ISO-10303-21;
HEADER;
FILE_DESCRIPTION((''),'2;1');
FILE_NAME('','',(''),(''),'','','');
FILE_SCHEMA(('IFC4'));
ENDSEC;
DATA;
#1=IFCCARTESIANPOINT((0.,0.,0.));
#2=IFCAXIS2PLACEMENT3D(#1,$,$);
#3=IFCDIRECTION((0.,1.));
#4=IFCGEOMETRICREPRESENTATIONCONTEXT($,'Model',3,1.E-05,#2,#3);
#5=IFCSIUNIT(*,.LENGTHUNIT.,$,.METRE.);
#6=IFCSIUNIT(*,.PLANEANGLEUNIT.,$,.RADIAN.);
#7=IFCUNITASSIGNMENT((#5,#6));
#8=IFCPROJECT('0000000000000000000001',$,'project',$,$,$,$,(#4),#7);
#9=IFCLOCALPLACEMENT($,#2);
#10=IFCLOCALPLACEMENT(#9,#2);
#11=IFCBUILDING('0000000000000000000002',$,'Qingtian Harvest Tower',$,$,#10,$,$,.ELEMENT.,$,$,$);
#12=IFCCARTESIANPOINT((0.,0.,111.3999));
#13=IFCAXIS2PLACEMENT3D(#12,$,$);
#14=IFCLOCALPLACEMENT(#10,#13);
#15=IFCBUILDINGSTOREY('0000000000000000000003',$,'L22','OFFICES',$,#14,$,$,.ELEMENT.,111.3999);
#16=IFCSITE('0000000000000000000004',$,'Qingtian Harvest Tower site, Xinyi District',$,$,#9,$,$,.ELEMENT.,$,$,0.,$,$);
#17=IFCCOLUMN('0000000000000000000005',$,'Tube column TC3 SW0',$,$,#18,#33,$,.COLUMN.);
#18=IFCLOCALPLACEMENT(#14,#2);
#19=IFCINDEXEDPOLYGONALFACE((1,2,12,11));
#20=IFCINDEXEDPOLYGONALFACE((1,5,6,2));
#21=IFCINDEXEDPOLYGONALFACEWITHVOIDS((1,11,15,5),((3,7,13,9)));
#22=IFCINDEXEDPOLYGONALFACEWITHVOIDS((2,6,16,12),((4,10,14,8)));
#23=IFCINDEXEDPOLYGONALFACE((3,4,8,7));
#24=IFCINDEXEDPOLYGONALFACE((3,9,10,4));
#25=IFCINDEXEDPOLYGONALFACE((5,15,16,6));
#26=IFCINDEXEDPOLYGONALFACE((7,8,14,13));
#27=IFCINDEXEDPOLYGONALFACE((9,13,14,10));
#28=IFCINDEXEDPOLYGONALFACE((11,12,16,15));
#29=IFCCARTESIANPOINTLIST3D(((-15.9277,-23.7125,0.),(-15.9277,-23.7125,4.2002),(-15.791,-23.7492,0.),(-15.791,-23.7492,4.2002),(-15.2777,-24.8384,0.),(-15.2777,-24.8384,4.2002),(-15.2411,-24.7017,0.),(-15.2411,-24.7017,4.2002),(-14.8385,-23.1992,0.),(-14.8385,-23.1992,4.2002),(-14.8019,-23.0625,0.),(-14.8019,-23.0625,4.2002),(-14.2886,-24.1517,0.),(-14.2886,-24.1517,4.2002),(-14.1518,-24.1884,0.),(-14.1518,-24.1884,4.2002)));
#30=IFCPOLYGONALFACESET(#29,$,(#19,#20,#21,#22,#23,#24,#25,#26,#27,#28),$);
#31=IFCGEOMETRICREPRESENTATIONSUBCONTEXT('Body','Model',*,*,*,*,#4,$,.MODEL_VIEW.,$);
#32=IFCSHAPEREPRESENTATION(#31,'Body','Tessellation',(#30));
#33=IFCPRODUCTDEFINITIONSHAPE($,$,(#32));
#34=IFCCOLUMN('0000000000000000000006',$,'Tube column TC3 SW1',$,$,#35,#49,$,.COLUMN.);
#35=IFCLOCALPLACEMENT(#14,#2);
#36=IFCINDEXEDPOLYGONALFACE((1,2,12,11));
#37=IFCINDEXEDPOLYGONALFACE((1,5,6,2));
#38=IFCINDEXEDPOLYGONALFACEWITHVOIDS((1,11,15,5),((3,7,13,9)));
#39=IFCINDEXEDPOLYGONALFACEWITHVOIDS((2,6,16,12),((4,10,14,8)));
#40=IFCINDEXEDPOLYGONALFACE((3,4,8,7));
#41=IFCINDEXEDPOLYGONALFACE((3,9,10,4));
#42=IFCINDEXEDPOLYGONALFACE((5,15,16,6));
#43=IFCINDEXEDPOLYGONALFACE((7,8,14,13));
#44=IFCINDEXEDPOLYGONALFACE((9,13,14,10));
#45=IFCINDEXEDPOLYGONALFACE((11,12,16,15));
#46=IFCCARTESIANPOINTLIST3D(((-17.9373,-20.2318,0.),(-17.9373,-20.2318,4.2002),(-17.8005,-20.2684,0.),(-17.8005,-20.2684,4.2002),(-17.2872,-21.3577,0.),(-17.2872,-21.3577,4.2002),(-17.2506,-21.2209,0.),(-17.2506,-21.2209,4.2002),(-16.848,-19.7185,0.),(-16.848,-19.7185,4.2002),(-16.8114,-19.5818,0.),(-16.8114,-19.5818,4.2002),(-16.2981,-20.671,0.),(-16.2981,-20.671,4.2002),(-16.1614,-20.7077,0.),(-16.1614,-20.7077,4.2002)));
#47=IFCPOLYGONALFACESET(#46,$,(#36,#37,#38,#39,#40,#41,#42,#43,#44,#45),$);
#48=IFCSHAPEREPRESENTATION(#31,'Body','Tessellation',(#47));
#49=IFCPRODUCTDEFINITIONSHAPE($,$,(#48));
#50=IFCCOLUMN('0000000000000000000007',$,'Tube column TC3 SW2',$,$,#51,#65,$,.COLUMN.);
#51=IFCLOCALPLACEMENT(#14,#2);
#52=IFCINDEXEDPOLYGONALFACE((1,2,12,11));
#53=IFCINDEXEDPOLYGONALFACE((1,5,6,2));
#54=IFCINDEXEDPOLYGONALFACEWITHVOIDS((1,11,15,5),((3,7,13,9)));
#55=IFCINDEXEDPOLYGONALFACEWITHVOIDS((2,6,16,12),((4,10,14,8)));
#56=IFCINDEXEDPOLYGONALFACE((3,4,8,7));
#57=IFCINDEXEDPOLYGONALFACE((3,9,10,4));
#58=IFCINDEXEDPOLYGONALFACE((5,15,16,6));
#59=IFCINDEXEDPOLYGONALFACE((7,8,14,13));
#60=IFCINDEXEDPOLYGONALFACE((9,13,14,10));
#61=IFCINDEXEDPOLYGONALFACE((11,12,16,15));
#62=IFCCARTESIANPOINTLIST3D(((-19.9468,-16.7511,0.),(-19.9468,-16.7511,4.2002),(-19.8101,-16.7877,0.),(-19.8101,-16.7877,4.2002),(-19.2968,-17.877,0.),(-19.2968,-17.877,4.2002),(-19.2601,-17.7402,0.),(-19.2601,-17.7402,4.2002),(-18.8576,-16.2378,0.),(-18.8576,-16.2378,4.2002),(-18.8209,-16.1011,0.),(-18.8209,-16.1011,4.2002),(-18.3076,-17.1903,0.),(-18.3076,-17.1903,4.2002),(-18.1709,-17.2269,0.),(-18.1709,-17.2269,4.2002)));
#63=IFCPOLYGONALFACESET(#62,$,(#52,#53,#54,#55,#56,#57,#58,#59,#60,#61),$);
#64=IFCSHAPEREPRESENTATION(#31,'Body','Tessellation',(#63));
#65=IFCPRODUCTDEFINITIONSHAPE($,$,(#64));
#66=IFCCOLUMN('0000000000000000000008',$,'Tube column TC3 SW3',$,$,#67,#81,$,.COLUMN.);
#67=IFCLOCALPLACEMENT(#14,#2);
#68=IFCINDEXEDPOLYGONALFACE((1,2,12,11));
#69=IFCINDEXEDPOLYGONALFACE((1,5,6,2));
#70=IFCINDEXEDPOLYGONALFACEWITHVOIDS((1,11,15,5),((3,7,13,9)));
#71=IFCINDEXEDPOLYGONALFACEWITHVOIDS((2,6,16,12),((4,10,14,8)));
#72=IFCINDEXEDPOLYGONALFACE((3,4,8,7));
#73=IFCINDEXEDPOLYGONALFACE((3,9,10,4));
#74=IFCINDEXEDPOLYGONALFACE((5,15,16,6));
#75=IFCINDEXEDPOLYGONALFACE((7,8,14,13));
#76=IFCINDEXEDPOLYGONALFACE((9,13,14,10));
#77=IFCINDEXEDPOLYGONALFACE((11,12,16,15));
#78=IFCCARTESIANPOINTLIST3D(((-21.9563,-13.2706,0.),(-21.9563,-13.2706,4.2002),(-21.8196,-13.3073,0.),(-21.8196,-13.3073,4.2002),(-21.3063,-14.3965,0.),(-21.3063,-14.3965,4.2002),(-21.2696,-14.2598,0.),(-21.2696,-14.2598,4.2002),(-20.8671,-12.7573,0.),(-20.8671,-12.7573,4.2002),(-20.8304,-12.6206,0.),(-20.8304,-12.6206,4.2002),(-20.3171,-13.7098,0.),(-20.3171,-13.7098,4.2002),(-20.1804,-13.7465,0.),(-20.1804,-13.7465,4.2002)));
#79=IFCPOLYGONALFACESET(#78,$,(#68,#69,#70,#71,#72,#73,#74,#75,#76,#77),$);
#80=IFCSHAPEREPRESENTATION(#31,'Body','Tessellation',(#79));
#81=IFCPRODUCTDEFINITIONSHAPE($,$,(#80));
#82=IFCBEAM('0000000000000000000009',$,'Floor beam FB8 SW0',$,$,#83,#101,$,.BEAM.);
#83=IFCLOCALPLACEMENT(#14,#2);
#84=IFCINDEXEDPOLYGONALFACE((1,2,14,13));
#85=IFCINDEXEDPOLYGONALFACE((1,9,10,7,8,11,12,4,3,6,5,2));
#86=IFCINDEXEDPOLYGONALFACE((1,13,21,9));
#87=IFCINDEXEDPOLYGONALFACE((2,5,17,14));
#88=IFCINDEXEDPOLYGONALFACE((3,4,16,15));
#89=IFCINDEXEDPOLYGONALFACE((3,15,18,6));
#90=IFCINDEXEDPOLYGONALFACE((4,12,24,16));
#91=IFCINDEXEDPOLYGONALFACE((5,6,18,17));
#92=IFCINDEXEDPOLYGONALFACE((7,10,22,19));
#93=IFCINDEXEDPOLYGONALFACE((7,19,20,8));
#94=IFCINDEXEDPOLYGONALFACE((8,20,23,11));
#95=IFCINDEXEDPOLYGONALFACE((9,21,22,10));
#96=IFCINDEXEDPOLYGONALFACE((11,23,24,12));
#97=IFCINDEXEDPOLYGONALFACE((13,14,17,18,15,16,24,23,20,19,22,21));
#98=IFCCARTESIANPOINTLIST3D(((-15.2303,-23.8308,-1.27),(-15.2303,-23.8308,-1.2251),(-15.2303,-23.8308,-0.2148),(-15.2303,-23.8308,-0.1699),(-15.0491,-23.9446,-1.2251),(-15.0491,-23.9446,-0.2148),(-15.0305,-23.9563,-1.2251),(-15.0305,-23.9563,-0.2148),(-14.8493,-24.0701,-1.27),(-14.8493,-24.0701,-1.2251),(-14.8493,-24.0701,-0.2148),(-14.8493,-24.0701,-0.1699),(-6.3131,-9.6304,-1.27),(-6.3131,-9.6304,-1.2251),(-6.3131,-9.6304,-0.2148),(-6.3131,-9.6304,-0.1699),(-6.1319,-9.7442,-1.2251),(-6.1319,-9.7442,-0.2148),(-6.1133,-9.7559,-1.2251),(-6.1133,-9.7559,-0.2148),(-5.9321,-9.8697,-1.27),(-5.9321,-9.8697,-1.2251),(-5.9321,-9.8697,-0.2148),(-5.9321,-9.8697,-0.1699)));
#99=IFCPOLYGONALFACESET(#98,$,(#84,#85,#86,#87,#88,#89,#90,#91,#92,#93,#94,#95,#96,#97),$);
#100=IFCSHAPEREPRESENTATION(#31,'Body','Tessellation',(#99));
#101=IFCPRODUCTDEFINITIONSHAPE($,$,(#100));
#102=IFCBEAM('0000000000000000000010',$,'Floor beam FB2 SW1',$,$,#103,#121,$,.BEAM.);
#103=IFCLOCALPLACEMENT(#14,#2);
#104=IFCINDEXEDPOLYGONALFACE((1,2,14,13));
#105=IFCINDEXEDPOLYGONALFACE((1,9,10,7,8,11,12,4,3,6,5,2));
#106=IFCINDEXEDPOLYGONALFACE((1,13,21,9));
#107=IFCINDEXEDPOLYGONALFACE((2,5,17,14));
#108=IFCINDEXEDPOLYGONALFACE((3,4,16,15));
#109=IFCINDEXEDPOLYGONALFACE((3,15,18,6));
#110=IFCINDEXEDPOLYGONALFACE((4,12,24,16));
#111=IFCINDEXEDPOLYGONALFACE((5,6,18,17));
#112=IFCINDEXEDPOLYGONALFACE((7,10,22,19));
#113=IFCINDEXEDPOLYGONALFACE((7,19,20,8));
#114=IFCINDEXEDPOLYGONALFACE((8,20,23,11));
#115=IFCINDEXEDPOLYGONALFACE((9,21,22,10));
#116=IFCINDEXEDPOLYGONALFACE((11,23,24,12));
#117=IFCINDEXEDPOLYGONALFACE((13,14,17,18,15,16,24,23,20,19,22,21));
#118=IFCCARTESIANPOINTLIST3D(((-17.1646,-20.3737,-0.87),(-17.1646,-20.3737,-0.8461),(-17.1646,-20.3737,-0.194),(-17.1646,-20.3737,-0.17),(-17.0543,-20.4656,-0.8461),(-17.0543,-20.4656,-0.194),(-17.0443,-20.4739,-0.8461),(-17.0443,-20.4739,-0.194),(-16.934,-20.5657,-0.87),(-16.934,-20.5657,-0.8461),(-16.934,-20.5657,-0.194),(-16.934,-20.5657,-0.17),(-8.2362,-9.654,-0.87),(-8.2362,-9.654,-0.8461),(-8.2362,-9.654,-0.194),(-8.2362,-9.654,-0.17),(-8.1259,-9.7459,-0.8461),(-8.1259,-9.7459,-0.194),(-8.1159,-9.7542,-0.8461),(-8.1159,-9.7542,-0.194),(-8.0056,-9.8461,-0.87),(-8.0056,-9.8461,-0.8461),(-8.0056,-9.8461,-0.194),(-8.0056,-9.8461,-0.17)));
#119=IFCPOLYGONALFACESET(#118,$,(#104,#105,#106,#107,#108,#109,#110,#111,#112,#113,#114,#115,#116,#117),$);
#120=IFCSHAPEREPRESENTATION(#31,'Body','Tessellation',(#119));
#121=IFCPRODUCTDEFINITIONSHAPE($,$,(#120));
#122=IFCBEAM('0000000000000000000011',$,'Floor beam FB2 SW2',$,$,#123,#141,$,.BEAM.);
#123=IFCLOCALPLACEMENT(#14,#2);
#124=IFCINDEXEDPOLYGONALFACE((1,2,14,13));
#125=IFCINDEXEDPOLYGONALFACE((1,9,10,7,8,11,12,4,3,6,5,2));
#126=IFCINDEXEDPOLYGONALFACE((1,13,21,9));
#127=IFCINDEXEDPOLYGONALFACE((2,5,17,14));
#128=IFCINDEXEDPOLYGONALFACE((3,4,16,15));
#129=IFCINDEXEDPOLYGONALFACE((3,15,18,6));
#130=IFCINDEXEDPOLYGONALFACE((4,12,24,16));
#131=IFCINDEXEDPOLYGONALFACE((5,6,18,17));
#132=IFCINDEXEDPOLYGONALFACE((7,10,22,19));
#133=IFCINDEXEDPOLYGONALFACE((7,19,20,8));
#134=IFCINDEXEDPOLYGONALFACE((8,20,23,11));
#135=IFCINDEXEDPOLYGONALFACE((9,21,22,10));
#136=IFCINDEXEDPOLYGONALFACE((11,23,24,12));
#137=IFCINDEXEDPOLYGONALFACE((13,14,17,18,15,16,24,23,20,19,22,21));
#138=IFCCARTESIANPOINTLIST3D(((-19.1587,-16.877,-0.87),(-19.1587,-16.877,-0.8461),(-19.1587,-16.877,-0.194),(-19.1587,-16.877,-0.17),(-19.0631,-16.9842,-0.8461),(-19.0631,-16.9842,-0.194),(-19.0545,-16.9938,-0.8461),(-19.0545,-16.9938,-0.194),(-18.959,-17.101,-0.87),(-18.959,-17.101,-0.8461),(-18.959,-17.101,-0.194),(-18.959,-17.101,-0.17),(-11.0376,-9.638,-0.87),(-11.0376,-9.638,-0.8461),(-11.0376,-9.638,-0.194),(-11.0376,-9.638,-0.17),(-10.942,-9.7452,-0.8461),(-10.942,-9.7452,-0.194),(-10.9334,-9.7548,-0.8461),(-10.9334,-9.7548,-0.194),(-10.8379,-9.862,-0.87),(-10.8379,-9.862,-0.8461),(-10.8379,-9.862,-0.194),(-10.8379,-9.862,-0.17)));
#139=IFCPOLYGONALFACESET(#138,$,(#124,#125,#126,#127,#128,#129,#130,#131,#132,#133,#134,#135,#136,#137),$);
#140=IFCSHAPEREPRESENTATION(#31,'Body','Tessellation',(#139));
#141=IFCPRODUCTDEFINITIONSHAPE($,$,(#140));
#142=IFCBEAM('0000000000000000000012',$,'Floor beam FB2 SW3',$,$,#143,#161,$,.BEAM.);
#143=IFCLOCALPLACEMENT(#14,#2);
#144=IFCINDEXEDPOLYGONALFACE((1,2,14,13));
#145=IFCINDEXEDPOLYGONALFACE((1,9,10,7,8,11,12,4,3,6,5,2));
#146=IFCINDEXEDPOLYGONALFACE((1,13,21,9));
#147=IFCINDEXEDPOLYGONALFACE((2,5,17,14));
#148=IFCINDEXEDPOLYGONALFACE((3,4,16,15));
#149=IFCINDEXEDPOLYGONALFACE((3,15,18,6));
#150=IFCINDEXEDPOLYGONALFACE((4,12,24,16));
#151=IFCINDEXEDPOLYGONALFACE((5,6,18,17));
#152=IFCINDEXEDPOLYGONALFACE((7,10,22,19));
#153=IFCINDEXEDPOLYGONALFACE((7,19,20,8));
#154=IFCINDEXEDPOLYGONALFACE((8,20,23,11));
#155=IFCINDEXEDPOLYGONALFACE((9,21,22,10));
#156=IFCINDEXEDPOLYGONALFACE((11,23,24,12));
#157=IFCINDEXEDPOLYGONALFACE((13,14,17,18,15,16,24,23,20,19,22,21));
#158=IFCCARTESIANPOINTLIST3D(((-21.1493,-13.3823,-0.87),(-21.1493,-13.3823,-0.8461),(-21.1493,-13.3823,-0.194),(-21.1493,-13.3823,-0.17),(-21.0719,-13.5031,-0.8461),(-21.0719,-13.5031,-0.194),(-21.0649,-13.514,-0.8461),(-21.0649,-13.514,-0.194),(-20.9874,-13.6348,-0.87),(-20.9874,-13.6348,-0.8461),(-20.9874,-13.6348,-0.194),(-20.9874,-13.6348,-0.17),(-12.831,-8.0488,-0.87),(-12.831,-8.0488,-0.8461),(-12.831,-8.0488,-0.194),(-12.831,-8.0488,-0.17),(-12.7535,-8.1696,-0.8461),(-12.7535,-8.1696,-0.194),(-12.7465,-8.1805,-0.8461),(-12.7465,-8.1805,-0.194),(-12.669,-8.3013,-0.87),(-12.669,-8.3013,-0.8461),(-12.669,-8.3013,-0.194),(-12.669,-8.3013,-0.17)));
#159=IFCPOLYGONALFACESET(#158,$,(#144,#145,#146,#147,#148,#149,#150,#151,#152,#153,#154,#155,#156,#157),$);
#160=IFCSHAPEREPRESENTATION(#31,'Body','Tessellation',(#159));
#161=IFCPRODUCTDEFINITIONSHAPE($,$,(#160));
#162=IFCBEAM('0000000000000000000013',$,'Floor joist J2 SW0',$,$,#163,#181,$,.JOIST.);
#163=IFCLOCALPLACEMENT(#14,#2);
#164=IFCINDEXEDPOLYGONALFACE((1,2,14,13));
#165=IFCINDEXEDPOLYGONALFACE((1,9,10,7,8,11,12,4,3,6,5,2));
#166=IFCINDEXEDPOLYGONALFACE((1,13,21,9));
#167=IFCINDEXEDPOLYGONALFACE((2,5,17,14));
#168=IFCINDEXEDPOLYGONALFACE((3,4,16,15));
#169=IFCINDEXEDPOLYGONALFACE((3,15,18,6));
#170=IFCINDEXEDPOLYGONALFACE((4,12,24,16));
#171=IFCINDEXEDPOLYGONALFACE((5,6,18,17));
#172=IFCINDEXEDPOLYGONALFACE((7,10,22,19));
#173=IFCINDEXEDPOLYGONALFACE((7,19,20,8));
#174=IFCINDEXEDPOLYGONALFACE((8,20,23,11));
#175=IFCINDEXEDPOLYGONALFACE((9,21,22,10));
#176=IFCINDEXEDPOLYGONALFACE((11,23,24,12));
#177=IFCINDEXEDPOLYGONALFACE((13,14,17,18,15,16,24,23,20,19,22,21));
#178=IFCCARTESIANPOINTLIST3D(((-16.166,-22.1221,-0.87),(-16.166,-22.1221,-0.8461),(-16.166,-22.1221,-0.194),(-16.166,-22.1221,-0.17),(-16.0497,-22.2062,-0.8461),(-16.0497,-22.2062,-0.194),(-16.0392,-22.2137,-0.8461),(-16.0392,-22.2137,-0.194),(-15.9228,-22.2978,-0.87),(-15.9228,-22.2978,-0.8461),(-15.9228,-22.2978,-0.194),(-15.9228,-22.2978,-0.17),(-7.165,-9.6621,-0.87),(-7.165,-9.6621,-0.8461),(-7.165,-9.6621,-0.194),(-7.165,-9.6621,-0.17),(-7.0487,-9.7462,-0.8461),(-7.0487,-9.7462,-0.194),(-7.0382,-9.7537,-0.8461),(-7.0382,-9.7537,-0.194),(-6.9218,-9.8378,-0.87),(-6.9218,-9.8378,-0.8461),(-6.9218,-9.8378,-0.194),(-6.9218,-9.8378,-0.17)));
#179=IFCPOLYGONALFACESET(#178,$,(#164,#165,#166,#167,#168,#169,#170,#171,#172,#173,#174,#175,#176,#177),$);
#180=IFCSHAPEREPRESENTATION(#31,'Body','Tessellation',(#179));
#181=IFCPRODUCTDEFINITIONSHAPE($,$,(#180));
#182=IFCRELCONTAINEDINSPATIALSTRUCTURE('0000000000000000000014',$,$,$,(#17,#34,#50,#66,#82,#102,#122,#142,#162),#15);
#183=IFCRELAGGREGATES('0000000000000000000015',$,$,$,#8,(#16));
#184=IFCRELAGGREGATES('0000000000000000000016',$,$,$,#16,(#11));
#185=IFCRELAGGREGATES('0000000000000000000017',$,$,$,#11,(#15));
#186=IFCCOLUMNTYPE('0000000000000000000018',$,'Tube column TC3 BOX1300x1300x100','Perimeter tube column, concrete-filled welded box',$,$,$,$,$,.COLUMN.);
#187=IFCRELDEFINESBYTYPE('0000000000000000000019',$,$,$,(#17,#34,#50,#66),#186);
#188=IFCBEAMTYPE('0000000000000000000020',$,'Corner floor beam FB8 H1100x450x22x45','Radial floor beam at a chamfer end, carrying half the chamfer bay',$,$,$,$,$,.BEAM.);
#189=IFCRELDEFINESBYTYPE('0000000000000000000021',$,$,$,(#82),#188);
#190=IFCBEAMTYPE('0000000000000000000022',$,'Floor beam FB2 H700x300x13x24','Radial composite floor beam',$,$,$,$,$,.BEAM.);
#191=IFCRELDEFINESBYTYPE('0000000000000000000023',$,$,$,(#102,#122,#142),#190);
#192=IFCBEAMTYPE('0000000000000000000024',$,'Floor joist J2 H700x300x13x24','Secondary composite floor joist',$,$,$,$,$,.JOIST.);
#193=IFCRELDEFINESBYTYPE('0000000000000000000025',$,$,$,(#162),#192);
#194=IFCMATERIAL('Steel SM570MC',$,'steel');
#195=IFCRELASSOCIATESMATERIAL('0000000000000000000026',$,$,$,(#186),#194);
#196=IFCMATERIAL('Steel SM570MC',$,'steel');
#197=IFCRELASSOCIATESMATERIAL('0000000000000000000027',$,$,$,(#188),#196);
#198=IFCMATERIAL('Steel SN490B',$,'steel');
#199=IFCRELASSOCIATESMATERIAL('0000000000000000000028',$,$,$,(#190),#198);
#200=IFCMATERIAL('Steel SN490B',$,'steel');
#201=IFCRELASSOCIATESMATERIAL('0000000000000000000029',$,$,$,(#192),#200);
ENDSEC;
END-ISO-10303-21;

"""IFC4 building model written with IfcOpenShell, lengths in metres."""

from ifc_helpers import new_model, si_unit, direction, frame, origin, origin_2d, place, context, subcontext, project, spatial, hollow_rectangle, i_section, extrude, material, material_profile, profile_set, type_object, element, save


model = new_model("IFC4")

# Units and contexts
model_context = context("Model", 3, precision=1e-05, world=origin(), true_north=direction((0.0, 1.0)))
body_context = subcontext(model_context, "Body", "Model", "MODEL_VIEW")
ifc_project = project(units=[si_unit("LENGTHUNIT", "METRE"), si_unit("PLANEANGLEUNIT", "RADIAN")], contexts=[model_context])

# Site, building, storey
site_placement = place(None, origin())
site = spatial("IfcSite", under=ifc_project, at=site_placement, Name="Qingtian Harvest Tower site, Xinyi District", CompositionType="ELEMENT", RefElevation=0.0)
building_placement = place(site_placement, origin())
building = spatial("IfcBuilding", under=site, at=building_placement, Name="Qingtian Harvest Tower", CompositionType="ELEMENT")
storey_placement = place(building_placement, frame((0.0, 0.0, 111.3999)))
storey = spatial("IfcBuildingStorey", under=building, at=storey_placement, Name="L22", Description="OFFICES", CompositionType="ELEMENT", Elevation=111.3999)

# Columns
ifc_material_1 = material(Name="Steel SM570MC", Category="steel")
ifc_material_profile_1 = material_profile(ifc_material_1, hollow_rectangle(XDim=1.3, YDim=1.3, WallThickness=0.1001, at=origin_2d()), Name="BOX1300x1300x100")
ifc_profile_set_1 = profile_set([ifc_material_profile_1], Name="Steel SM570MC")
column_type = type_object("IfcColumnType", Name="Tube column TC3 BOX1300x1300x100", Description="Perimeter tube column, concrete-filled welded box", PredefinedType="COLUMN", material=ifc_profile_set_1)
for number, where, z_axis, x_axis, name in (
    (1, (-15.0398, -23.9504, 0.0), (0.0, 0.0, 1.0), (0.5, -0.866025, 0.0), "Tube column TC3 SW0"),
    (2, (-17.0493, -20.4697, 0.0), (0.0, 0.0, 1.0), (0.5, -0.866025, 0.0), "Tube column TC3 SW1"),
    (3, (-19.0588, -16.989, 0.0), (0.0, 0.0, 1.0), (0.5, -0.866025, 0.0), "Tube column TC3 SW2"),
    (4, (-21.0684, -13.5085, 0.0), (0.0, 0.0, 1.0), (0.5, -0.866025, 0.0), "Tube column TC3 SW3"),
):
    element("IfcColumn", number, at=place(storey_placement, frame(where, z_axis=z_axis, x_axis=x_axis)), inside=storey, type_object=column_type, Name=name, PredefinedType="COLUMN", context=body_context, shape_type="SweptSolid", body=[
        extrude(hollow_rectangle(XDim=1.3, YDim=1.3, WallThickness=0.1001, at=origin_2d()), origin(), (0.0, 0.0, 1.0), 4.2002),
    ])

# Beams
ifc_material_2 = material(Name="Steel SM570MC", Category="steel")
ifc_material_profile_2 = material_profile(ifc_material_2, i_section(OverallWidth=0.45, OverallDepth=1.1001, WebThickness=0.022, FlangeThickness=0.0449, at=origin_2d()), Name="H1100x450x22x45")
ifc_profile_set_2 = profile_set([ifc_material_profile_2], Name="Steel SM570MC")
beam_type_1 = type_object("IfcBeamType", Name="Corner floor beam FB8 H1100x450x22x45", Description="Radial floor beam at a chamfer end, carrying half the chamfer bay", PredefinedType="BEAM", material=ifc_profile_set_2)
beam_1_placement = place(storey_placement, frame((-15.0398, -23.9504, -0.72), z_axis=(0.531797, 0.846872, 0.0), x_axis=(-0.846872, 0.531797, 0.0)))
element("IfcBeam", 5, at=beam_1_placement, inside=storey, type_object=beam_type_1, Name="Floor beam FB8 SW0", PredefinedType="BEAM", context=body_context, shape_type="SweptSolid", body=[
    extrude(i_section(OverallWidth=0.45, OverallDepth=1.1001, WebThickness=0.022, FlangeThickness=0.0449, at=origin_2d()), origin(), (0.0, 0.0, 1.0), 16.7681),
])
ifc_material_3 = material(Name="Steel SN490B", Category="steel")
ifc_material_profile_3 = material_profile(ifc_material_3, i_section(OverallWidth=0.3, OverallDepth=0.7, WebThickness=0.0129, FlangeThickness=0.0239, at=origin_2d()), Name="H700x300x13x24")
ifc_profile_set_3 = profile_set([ifc_material_profile_3], Name="Steel SN490B")
beam_type_2 = type_object("IfcBeamType", Name="Floor beam FB2 H700x300x13x24", Description="Radial composite floor beam", PredefinedType="BEAM", material=ifc_profile_set_3)
beam_2_placement = place(storey_placement, frame((-17.0493, -20.4697, -0.52), z_axis=(0.639988, 0.768385, 0.0), x_axis=(-0.768385, 0.639988, 0.0)))
element("IfcBeam", 6, at=beam_2_placement, inside=storey, type_object=beam_type_2, Name="Floor beam FB2 SW1", PredefinedType="BEAM", context=body_context, shape_type="SweptSolid", body=[
    extrude(i_section(OverallWidth=0.3, OverallDepth=0.7, WebThickness=0.0129, FlangeThickness=0.0239, at=origin_2d()), origin(), (0.0, 0.0, 1.0), 13.9509),
])
beam_3_placement = place(storey_placement, frame((-19.0588, -16.989, -0.52), z_axis=(0.746484, 0.665404, 0.0), x_axis=(-0.665404, 0.746484, 0.0)))
element("IfcBeam", 7, at=beam_3_placement, inside=storey, type_object=beam_type_2, Name="Floor beam FB2 SW2", PredefinedType="BEAM", context=body_context, shape_type="SweptSolid", body=[
    extrude(i_section(OverallWidth=0.3, OverallDepth=0.7, WebThickness=0.0129, FlangeThickness=0.0239, at=origin_2d()), origin(), (0.0, 0.0, 1.0), 10.8792),
])
beam_4_placement = place(storey_placement, frame((-21.0684, -13.5085, -0.52), z_axis=(0.841823, 0.539753, 0.0), x_axis=(-0.539753, 0.841823, 0.0)))
element("IfcBeam", 8, at=beam_4_placement, inside=storey, type_object=beam_type_2, Name="Floor beam FB2 SW3", PredefinedType="BEAM", context=body_context, shape_type="SweptSolid", body=[
    extrude(i_section(OverallWidth=0.3, OverallDepth=0.7, WebThickness=0.0129, FlangeThickness=0.0239, at=origin_2d()), origin(), (0.0, 0.0, 1.0), 9.8813),
])
ifc_material_4 = material(Name="Steel SN490B", Category="steel")
ifc_material_profile_4 = material_profile(ifc_material_4, i_section(OverallWidth=0.3, OverallDepth=0.7, WebThickness=0.0129, FlangeThickness=0.0239, at=origin_2d()), Name="H700x300x13x24")
ifc_profile_set_4 = profile_set([ifc_material_profile_4], Name="Steel SN490B")
beam_type_3 = type_object("IfcBeamType", Name="Floor joist J2 H700x300x13x24", Description="Secondary composite floor joist", PredefinedType="JOIST", material=ifc_profile_set_4)
beam_5_placement = place(storey_placement, frame((-16.0444, -22.21, -0.52), z_axis=(0.585581, 0.810614, 0.0), x_axis=(-0.810614, 0.585581, 0.0)))
element("IfcBeam", 9, at=beam_5_placement, inside=storey, type_object=beam_type_3, Name="Floor joist J2 SW0", PredefinedType="JOIST", context=body_context, shape_type="SweptSolid", body=[
    extrude(i_section(OverallWidth=0.3, OverallDepth=0.7, WebThickness=0.0129, FlangeThickness=0.0239, at=origin_2d()), origin(), (0.0, 0.0, 1.0), 15.3711),
])

save(model, "model.ifc")
